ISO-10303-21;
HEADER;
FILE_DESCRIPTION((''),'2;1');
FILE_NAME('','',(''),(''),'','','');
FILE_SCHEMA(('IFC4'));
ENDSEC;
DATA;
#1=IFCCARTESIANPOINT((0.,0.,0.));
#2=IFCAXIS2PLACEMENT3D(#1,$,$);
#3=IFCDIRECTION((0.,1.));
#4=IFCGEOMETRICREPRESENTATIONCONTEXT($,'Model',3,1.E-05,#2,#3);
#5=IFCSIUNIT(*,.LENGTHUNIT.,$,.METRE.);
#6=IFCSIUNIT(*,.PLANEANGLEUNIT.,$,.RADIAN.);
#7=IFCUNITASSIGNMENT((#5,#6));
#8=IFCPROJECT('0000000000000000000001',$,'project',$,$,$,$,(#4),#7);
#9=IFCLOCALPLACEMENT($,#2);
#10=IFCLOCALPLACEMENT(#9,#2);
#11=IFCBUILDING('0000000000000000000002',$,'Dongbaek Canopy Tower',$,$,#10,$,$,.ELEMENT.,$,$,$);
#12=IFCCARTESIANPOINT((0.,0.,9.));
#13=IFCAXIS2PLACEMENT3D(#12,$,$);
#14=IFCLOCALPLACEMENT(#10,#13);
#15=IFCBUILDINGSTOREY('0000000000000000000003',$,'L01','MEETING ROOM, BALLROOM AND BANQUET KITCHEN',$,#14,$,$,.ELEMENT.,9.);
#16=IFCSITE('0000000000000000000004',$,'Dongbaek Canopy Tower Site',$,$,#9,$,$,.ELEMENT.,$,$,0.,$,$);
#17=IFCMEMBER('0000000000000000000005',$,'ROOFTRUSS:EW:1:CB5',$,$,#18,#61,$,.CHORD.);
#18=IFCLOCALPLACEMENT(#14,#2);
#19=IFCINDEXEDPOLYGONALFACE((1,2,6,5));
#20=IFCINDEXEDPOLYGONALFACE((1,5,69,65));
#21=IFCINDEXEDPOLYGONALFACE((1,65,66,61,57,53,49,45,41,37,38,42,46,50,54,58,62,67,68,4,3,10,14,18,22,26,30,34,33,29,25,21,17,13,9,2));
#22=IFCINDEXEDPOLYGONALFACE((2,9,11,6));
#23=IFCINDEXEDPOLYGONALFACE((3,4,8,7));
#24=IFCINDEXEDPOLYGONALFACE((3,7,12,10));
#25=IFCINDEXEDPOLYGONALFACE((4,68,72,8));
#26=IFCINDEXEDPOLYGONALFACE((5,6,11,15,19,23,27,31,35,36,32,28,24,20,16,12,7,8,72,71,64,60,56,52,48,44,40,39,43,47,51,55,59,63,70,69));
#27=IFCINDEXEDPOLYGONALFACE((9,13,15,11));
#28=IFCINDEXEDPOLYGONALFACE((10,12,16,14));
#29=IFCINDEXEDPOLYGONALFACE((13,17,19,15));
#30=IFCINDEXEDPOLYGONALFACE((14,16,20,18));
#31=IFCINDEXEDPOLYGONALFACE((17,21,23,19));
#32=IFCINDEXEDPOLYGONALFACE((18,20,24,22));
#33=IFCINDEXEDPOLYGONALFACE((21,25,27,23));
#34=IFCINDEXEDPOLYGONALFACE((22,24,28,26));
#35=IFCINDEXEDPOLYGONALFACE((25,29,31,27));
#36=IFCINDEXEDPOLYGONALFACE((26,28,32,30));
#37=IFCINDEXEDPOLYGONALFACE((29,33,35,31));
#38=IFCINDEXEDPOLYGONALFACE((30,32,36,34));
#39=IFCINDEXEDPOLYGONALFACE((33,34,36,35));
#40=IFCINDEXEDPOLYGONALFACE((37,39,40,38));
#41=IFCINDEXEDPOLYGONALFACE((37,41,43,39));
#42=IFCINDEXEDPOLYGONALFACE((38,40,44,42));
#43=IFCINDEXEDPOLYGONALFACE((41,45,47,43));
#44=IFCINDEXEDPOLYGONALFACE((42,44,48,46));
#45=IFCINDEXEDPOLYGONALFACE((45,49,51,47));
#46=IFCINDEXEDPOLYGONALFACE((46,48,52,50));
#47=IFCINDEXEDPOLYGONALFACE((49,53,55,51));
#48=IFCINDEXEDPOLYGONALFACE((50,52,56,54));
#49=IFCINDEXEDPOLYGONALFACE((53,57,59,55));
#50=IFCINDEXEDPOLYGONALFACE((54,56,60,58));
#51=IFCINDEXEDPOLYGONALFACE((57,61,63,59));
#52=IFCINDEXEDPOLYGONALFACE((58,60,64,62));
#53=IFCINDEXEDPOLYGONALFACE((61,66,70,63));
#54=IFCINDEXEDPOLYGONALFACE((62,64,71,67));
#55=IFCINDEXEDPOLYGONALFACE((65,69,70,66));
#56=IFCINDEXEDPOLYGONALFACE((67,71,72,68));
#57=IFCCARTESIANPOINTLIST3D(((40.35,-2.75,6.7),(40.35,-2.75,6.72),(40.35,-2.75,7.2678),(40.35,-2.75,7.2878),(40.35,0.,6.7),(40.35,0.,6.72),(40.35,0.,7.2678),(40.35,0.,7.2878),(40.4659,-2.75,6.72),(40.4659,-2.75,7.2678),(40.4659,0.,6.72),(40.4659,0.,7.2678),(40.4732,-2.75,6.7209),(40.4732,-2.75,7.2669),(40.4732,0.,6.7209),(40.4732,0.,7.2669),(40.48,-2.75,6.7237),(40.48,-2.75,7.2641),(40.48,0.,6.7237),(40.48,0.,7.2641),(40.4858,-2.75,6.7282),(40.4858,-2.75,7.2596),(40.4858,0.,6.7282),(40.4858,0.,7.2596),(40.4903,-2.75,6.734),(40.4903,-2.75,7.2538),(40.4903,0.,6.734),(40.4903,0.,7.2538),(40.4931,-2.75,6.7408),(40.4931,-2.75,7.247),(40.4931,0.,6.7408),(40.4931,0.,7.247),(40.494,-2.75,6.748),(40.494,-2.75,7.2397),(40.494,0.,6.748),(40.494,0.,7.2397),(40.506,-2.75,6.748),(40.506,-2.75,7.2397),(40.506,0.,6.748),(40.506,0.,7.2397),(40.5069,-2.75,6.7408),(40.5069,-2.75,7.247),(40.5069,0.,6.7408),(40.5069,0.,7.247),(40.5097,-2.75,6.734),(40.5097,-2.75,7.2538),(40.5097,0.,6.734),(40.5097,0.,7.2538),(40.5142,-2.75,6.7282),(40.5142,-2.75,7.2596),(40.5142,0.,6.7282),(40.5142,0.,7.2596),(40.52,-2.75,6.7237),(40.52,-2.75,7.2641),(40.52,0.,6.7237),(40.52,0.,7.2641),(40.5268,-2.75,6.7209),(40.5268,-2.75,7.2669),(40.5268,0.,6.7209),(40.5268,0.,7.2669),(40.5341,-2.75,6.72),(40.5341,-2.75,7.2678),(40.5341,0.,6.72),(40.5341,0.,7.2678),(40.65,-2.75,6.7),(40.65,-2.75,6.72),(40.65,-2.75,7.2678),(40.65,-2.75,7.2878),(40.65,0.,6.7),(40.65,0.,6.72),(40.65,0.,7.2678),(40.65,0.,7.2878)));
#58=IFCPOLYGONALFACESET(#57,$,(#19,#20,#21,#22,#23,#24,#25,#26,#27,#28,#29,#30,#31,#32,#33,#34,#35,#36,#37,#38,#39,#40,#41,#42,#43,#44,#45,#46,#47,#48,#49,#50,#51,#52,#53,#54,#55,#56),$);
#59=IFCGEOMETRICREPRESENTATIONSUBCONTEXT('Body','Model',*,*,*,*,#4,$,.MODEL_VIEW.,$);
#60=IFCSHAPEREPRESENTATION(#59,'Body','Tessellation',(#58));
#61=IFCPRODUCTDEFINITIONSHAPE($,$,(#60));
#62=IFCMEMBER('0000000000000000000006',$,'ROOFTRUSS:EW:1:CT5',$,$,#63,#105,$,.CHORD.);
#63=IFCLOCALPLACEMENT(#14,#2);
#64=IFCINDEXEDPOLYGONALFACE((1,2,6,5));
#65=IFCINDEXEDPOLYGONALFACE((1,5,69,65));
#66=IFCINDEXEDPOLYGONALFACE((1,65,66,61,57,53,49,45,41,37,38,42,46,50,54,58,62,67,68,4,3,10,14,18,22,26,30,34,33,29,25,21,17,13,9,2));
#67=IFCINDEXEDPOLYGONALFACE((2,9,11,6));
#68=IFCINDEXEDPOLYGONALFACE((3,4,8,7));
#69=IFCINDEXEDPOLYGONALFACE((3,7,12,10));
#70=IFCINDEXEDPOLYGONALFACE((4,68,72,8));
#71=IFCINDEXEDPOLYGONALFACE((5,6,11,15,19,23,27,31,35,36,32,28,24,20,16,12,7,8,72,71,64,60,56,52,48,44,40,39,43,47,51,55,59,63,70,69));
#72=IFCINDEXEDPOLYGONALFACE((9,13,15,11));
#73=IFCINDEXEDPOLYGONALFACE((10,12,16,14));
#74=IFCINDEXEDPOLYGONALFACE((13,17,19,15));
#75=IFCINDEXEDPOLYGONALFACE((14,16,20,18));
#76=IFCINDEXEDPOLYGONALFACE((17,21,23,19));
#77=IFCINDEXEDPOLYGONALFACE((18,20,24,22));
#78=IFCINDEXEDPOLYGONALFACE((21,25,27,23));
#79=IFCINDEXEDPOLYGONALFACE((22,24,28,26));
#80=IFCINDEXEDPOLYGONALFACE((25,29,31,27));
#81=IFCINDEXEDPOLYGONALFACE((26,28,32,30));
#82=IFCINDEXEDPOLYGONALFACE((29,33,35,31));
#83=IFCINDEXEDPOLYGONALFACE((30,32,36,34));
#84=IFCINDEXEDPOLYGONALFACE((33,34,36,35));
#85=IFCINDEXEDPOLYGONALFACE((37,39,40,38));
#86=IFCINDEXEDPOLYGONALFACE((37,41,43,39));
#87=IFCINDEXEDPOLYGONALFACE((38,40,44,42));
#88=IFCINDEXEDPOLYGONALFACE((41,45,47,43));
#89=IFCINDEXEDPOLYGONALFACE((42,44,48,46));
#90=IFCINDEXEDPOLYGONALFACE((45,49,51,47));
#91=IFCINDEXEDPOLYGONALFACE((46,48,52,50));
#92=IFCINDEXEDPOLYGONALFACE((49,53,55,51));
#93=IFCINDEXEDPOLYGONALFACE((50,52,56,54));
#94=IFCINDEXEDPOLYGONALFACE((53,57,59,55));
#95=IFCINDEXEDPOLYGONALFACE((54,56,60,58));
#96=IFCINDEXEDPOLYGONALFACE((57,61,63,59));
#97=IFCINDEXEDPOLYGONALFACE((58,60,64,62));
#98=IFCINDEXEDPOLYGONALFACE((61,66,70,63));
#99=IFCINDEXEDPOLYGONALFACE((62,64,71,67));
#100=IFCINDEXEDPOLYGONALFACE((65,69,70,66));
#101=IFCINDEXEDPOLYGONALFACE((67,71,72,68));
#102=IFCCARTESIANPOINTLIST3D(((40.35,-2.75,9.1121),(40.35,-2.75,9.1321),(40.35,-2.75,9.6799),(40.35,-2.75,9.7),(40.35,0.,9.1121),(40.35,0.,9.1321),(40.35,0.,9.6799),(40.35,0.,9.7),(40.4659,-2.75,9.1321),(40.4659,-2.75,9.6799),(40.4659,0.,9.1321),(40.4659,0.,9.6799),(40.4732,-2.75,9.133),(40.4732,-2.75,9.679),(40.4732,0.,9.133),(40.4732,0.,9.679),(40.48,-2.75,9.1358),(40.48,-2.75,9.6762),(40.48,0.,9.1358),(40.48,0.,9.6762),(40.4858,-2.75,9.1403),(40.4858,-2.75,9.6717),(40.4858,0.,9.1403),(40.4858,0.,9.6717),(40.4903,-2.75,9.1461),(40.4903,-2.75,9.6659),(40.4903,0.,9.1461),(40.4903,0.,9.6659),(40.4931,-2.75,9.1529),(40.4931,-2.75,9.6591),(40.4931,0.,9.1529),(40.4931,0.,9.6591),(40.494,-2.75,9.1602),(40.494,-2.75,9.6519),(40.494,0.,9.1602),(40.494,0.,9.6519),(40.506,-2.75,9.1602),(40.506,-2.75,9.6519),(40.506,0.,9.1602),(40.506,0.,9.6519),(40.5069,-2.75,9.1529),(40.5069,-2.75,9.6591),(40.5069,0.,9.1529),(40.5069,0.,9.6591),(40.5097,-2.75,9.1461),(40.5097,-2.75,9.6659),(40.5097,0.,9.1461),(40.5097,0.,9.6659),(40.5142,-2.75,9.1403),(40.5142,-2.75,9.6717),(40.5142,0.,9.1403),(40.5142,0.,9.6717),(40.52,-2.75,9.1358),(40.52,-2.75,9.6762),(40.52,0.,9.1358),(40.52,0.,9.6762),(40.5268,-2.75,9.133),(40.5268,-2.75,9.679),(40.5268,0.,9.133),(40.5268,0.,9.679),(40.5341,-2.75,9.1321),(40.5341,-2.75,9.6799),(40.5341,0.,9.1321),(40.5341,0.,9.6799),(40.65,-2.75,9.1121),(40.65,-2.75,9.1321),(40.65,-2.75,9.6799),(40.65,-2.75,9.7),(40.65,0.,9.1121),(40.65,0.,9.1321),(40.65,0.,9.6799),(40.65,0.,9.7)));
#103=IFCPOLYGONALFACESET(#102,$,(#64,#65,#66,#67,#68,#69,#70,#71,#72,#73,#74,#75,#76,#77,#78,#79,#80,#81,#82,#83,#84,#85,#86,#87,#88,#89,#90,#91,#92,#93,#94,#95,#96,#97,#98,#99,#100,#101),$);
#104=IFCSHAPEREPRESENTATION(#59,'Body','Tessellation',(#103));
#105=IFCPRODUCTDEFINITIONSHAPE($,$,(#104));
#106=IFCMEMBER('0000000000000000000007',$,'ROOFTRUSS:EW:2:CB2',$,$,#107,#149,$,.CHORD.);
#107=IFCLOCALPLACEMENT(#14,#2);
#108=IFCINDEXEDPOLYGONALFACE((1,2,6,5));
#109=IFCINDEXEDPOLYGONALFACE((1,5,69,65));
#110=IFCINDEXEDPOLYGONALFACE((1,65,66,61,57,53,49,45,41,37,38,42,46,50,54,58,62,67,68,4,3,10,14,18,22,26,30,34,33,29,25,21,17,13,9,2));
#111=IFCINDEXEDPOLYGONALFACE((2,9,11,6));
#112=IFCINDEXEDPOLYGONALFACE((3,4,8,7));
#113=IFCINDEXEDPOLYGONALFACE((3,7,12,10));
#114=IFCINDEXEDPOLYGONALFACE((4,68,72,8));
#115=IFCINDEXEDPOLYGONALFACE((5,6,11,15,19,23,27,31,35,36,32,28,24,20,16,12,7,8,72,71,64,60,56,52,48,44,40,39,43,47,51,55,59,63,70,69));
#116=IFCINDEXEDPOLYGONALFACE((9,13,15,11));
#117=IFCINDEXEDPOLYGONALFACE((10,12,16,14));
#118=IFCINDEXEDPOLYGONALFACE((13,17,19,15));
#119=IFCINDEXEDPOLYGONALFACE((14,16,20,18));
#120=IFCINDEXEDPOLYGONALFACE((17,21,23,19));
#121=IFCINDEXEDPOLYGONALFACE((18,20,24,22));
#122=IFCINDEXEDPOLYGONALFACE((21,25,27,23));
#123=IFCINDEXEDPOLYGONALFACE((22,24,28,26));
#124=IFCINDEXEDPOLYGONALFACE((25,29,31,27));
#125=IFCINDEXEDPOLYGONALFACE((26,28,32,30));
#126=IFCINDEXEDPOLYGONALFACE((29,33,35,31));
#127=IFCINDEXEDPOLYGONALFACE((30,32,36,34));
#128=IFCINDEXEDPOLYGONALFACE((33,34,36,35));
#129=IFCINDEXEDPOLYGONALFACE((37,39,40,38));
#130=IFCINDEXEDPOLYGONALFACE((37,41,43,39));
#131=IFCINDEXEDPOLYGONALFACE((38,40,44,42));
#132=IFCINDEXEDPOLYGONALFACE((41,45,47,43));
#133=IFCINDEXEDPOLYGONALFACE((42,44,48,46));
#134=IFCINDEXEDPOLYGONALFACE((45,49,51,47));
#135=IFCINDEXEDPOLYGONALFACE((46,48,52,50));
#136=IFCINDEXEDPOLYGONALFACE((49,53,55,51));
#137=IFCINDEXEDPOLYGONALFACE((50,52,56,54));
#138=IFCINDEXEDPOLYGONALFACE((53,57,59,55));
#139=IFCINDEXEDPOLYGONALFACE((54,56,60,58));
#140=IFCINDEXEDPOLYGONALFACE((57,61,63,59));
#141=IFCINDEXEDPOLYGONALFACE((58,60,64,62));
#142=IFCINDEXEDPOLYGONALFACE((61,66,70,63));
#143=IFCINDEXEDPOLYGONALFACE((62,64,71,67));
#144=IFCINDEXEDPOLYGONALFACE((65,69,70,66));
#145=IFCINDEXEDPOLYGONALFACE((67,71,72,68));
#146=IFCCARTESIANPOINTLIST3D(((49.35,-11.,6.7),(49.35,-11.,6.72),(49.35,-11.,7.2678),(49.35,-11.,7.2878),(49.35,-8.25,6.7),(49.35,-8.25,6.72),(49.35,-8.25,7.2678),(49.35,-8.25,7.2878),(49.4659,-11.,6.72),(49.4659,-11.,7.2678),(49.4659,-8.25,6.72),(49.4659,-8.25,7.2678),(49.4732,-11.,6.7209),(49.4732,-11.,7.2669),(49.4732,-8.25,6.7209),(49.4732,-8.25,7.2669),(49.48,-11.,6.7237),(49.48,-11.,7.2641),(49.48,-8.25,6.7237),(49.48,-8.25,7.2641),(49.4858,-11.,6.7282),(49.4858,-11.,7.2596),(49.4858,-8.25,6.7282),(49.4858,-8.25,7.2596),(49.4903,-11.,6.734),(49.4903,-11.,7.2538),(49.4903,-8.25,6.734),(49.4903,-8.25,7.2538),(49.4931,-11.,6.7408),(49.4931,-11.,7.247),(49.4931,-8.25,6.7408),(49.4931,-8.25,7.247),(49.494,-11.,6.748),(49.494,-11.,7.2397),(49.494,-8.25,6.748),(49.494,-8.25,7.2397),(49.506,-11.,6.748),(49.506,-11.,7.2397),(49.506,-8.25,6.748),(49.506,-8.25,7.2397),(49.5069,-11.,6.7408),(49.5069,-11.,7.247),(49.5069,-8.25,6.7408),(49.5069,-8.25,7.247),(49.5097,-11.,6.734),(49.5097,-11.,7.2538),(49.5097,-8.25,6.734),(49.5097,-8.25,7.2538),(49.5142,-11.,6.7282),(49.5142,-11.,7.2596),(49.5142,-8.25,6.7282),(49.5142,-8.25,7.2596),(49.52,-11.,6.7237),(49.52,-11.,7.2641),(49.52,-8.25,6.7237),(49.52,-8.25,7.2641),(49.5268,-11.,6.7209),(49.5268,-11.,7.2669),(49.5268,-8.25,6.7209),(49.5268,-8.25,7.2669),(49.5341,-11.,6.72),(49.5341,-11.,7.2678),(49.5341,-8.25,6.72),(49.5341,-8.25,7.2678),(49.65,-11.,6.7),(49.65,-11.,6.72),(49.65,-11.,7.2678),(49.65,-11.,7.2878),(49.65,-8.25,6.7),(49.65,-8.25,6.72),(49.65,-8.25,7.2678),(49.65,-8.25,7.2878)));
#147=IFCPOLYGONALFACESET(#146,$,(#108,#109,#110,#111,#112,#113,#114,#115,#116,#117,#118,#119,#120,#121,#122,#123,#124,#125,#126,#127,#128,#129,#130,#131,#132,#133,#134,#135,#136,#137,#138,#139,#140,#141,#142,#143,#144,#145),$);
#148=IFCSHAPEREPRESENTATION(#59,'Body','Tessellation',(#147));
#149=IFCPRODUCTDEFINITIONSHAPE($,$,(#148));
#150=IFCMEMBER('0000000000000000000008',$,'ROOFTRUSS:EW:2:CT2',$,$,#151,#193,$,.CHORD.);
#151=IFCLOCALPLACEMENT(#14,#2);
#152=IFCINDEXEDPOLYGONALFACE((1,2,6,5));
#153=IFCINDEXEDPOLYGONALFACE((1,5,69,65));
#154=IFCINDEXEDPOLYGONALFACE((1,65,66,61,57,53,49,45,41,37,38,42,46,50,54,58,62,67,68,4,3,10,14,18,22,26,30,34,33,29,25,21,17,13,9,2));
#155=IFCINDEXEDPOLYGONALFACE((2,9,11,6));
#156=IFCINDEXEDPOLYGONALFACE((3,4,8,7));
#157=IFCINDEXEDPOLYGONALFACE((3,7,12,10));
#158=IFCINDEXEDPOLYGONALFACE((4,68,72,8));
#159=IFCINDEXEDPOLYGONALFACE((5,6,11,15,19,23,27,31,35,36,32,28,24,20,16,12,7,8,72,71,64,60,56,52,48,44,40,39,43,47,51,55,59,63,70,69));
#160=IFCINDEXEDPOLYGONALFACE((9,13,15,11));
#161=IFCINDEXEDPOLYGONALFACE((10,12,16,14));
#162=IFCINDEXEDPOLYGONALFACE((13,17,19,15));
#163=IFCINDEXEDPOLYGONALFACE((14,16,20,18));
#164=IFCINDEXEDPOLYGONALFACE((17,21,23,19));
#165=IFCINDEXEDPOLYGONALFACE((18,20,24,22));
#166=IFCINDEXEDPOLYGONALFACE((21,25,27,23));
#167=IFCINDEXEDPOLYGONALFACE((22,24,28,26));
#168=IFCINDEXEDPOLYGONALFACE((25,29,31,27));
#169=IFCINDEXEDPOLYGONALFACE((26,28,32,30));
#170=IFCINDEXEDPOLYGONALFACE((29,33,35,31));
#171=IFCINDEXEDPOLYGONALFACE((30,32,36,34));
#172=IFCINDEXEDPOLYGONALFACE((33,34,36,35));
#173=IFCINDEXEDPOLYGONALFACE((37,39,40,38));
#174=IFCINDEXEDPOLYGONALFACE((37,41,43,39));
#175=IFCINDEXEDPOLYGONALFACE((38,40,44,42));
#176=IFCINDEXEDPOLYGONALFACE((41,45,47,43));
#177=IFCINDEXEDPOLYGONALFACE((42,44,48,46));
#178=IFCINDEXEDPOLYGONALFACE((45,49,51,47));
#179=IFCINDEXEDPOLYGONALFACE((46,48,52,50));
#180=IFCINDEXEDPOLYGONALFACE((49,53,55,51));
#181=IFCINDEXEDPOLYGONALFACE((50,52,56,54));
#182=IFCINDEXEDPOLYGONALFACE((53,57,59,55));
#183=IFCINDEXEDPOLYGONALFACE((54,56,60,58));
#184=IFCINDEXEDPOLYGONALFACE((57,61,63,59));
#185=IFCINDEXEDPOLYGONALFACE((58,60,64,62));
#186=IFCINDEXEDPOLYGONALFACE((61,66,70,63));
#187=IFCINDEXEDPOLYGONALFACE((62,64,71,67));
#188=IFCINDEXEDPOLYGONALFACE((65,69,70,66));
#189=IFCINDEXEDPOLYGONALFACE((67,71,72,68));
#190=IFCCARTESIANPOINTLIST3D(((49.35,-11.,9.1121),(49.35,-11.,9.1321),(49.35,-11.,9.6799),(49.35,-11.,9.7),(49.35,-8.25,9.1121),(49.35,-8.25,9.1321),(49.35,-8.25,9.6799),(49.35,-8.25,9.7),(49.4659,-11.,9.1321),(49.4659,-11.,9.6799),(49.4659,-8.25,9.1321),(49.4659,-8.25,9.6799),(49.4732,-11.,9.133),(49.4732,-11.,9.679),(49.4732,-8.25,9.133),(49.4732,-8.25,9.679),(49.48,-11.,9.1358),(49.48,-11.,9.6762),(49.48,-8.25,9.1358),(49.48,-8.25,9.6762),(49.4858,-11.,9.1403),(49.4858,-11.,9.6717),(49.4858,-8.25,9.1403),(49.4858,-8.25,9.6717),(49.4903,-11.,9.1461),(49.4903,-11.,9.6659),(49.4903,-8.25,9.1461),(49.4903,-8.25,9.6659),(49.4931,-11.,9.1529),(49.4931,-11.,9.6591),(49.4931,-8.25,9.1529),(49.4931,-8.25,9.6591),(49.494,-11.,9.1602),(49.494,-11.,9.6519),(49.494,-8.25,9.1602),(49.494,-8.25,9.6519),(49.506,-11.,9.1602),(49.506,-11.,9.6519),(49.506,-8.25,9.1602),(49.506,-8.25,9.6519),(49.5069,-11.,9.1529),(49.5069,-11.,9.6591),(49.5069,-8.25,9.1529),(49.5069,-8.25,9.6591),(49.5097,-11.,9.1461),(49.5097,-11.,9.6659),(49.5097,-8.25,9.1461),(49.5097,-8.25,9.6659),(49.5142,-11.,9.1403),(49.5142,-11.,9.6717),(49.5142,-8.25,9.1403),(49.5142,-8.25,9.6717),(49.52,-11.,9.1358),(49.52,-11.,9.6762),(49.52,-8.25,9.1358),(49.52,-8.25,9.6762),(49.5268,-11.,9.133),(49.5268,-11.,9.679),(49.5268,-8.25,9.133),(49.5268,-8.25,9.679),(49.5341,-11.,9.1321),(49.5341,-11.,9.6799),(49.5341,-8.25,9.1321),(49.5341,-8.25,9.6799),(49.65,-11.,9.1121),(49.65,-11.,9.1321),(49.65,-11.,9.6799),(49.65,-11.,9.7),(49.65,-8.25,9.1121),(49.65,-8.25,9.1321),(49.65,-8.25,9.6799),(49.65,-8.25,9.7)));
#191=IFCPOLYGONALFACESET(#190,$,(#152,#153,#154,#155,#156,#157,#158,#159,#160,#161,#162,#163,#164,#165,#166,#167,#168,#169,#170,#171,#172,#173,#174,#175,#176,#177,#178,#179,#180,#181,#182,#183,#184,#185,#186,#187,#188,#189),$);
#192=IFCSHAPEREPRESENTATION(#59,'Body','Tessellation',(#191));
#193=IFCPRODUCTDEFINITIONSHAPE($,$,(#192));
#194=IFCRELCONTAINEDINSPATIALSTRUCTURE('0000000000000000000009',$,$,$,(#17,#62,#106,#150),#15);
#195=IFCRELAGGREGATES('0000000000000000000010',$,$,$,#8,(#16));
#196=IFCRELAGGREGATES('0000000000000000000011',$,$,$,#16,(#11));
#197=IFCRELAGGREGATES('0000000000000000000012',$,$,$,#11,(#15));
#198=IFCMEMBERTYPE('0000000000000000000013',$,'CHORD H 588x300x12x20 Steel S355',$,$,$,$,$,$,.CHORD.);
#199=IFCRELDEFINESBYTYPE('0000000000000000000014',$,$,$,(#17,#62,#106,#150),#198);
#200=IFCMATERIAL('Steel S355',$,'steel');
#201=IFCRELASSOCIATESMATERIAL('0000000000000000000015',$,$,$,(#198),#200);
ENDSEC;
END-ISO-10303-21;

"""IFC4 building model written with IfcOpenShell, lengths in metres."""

from ifc_helpers import new_model, si_unit, direction, frame, origin, origin_2d, place, context, subcontext, project, spatial, i_section, extrude, material, material_profile, profile_set, type_object, element, save


model = new_model("IFC4")

# Units and contexts
model_context = context("Model", 3, precision=1e-05, world=origin(), true_north=direction((0.0, 1.0)))
body_context = subcontext(model_context, "Body", "Model", "MODEL_VIEW")
ifc_project = project(units=[si_unit("LENGTHUNIT", "METRE"), si_unit("PLANEANGLEUNIT", "RADIAN")], contexts=[model_context])

# Site, building, storey
site_placement = place(None, origin())
site = spatial("IfcSite", under=ifc_project, at=site_placement, Name="Dongbaek Canopy Tower Site", CompositionType="ELEMENT", RefElevation=0.0)
building_placement = place(site_placement, origin())
building = spatial("IfcBuilding", under=site, at=building_placement, Name="Dongbaek Canopy Tower", CompositionType="ELEMENT")
storey_placement = place(building_placement, frame((0.0, 0.0, 9.0)))
storey = spatial("IfcBuildingStorey", under=building, at=storey_placement, Name="L01", Description="MEETING ROOM, BALLROOM AND BANQUET KITCHEN", CompositionType="ELEMENT", Elevation=9.0)

# Members
ifc_material_1 = material(Name="Steel S355", Category="steel")
ifc_material_profile_1 = material_profile(ifc_material_1, i_section(OverallWidth=0.3, OverallDepth=0.5879, WebThickness=0.012, FlangeThickness=0.02, FilletRadius=0.0281, at=origin_2d()), Name="CHORD H 588x300x12x20 Steel S355")
ifc_profile_set_1 = profile_set([ifc_material_profile_1], Name="Steel S355")
member_type_1 = type_object("IfcMemberType", Name="CHORD H 588x300x12x20 Steel S355", PredefinedType="CHORD", material=ifc_profile_set_1)
for number, where, z_axis, x_axis, name in (
    (1, (40.5, -2.75, 6.9939), (0.0, 1.0, 0.0), (-1.0, 0.0, 0.0), "ROOFTRUSS:EW:1:CB5"),
    (2, (40.5, -2.75, 9.406), (0.0, 1.0, 0.0), (-1.0, 0.0, 0.0), "ROOFTRUSS:EW:1:CT5"),
    (3, (49.5, -11.0, 6.9939), (0.0, 1.0, 0.0), (-1.0, 0.0, 0.0), "ROOFTRUSS:EW:2:CB2"),
    (4, (49.5, -11.0, 9.406), (0.0, 1.0, 0.0), (-1.0, 0.0, 0.0), "ROOFTRUSS:EW:2:CT2"),
):
    element("IfcMember", number, at=place(storey_placement, frame(where, z_axis=z_axis, x_axis=x_axis)), inside=storey, type_object=member_type_1, Name=name, PredefinedType="CHORD", context=body_context, shape_type="SweptSolid", body=[
        extrude(i_section(OverallWidth=0.3, OverallDepth=0.5879, WebThickness=0.012, FlangeThickness=0.02, FilletRadius=0.0281, at=origin_2d()), origin(), (0.0, 0.0, 1.0), 2.75),
    ])

save(model, "model.ifc")
